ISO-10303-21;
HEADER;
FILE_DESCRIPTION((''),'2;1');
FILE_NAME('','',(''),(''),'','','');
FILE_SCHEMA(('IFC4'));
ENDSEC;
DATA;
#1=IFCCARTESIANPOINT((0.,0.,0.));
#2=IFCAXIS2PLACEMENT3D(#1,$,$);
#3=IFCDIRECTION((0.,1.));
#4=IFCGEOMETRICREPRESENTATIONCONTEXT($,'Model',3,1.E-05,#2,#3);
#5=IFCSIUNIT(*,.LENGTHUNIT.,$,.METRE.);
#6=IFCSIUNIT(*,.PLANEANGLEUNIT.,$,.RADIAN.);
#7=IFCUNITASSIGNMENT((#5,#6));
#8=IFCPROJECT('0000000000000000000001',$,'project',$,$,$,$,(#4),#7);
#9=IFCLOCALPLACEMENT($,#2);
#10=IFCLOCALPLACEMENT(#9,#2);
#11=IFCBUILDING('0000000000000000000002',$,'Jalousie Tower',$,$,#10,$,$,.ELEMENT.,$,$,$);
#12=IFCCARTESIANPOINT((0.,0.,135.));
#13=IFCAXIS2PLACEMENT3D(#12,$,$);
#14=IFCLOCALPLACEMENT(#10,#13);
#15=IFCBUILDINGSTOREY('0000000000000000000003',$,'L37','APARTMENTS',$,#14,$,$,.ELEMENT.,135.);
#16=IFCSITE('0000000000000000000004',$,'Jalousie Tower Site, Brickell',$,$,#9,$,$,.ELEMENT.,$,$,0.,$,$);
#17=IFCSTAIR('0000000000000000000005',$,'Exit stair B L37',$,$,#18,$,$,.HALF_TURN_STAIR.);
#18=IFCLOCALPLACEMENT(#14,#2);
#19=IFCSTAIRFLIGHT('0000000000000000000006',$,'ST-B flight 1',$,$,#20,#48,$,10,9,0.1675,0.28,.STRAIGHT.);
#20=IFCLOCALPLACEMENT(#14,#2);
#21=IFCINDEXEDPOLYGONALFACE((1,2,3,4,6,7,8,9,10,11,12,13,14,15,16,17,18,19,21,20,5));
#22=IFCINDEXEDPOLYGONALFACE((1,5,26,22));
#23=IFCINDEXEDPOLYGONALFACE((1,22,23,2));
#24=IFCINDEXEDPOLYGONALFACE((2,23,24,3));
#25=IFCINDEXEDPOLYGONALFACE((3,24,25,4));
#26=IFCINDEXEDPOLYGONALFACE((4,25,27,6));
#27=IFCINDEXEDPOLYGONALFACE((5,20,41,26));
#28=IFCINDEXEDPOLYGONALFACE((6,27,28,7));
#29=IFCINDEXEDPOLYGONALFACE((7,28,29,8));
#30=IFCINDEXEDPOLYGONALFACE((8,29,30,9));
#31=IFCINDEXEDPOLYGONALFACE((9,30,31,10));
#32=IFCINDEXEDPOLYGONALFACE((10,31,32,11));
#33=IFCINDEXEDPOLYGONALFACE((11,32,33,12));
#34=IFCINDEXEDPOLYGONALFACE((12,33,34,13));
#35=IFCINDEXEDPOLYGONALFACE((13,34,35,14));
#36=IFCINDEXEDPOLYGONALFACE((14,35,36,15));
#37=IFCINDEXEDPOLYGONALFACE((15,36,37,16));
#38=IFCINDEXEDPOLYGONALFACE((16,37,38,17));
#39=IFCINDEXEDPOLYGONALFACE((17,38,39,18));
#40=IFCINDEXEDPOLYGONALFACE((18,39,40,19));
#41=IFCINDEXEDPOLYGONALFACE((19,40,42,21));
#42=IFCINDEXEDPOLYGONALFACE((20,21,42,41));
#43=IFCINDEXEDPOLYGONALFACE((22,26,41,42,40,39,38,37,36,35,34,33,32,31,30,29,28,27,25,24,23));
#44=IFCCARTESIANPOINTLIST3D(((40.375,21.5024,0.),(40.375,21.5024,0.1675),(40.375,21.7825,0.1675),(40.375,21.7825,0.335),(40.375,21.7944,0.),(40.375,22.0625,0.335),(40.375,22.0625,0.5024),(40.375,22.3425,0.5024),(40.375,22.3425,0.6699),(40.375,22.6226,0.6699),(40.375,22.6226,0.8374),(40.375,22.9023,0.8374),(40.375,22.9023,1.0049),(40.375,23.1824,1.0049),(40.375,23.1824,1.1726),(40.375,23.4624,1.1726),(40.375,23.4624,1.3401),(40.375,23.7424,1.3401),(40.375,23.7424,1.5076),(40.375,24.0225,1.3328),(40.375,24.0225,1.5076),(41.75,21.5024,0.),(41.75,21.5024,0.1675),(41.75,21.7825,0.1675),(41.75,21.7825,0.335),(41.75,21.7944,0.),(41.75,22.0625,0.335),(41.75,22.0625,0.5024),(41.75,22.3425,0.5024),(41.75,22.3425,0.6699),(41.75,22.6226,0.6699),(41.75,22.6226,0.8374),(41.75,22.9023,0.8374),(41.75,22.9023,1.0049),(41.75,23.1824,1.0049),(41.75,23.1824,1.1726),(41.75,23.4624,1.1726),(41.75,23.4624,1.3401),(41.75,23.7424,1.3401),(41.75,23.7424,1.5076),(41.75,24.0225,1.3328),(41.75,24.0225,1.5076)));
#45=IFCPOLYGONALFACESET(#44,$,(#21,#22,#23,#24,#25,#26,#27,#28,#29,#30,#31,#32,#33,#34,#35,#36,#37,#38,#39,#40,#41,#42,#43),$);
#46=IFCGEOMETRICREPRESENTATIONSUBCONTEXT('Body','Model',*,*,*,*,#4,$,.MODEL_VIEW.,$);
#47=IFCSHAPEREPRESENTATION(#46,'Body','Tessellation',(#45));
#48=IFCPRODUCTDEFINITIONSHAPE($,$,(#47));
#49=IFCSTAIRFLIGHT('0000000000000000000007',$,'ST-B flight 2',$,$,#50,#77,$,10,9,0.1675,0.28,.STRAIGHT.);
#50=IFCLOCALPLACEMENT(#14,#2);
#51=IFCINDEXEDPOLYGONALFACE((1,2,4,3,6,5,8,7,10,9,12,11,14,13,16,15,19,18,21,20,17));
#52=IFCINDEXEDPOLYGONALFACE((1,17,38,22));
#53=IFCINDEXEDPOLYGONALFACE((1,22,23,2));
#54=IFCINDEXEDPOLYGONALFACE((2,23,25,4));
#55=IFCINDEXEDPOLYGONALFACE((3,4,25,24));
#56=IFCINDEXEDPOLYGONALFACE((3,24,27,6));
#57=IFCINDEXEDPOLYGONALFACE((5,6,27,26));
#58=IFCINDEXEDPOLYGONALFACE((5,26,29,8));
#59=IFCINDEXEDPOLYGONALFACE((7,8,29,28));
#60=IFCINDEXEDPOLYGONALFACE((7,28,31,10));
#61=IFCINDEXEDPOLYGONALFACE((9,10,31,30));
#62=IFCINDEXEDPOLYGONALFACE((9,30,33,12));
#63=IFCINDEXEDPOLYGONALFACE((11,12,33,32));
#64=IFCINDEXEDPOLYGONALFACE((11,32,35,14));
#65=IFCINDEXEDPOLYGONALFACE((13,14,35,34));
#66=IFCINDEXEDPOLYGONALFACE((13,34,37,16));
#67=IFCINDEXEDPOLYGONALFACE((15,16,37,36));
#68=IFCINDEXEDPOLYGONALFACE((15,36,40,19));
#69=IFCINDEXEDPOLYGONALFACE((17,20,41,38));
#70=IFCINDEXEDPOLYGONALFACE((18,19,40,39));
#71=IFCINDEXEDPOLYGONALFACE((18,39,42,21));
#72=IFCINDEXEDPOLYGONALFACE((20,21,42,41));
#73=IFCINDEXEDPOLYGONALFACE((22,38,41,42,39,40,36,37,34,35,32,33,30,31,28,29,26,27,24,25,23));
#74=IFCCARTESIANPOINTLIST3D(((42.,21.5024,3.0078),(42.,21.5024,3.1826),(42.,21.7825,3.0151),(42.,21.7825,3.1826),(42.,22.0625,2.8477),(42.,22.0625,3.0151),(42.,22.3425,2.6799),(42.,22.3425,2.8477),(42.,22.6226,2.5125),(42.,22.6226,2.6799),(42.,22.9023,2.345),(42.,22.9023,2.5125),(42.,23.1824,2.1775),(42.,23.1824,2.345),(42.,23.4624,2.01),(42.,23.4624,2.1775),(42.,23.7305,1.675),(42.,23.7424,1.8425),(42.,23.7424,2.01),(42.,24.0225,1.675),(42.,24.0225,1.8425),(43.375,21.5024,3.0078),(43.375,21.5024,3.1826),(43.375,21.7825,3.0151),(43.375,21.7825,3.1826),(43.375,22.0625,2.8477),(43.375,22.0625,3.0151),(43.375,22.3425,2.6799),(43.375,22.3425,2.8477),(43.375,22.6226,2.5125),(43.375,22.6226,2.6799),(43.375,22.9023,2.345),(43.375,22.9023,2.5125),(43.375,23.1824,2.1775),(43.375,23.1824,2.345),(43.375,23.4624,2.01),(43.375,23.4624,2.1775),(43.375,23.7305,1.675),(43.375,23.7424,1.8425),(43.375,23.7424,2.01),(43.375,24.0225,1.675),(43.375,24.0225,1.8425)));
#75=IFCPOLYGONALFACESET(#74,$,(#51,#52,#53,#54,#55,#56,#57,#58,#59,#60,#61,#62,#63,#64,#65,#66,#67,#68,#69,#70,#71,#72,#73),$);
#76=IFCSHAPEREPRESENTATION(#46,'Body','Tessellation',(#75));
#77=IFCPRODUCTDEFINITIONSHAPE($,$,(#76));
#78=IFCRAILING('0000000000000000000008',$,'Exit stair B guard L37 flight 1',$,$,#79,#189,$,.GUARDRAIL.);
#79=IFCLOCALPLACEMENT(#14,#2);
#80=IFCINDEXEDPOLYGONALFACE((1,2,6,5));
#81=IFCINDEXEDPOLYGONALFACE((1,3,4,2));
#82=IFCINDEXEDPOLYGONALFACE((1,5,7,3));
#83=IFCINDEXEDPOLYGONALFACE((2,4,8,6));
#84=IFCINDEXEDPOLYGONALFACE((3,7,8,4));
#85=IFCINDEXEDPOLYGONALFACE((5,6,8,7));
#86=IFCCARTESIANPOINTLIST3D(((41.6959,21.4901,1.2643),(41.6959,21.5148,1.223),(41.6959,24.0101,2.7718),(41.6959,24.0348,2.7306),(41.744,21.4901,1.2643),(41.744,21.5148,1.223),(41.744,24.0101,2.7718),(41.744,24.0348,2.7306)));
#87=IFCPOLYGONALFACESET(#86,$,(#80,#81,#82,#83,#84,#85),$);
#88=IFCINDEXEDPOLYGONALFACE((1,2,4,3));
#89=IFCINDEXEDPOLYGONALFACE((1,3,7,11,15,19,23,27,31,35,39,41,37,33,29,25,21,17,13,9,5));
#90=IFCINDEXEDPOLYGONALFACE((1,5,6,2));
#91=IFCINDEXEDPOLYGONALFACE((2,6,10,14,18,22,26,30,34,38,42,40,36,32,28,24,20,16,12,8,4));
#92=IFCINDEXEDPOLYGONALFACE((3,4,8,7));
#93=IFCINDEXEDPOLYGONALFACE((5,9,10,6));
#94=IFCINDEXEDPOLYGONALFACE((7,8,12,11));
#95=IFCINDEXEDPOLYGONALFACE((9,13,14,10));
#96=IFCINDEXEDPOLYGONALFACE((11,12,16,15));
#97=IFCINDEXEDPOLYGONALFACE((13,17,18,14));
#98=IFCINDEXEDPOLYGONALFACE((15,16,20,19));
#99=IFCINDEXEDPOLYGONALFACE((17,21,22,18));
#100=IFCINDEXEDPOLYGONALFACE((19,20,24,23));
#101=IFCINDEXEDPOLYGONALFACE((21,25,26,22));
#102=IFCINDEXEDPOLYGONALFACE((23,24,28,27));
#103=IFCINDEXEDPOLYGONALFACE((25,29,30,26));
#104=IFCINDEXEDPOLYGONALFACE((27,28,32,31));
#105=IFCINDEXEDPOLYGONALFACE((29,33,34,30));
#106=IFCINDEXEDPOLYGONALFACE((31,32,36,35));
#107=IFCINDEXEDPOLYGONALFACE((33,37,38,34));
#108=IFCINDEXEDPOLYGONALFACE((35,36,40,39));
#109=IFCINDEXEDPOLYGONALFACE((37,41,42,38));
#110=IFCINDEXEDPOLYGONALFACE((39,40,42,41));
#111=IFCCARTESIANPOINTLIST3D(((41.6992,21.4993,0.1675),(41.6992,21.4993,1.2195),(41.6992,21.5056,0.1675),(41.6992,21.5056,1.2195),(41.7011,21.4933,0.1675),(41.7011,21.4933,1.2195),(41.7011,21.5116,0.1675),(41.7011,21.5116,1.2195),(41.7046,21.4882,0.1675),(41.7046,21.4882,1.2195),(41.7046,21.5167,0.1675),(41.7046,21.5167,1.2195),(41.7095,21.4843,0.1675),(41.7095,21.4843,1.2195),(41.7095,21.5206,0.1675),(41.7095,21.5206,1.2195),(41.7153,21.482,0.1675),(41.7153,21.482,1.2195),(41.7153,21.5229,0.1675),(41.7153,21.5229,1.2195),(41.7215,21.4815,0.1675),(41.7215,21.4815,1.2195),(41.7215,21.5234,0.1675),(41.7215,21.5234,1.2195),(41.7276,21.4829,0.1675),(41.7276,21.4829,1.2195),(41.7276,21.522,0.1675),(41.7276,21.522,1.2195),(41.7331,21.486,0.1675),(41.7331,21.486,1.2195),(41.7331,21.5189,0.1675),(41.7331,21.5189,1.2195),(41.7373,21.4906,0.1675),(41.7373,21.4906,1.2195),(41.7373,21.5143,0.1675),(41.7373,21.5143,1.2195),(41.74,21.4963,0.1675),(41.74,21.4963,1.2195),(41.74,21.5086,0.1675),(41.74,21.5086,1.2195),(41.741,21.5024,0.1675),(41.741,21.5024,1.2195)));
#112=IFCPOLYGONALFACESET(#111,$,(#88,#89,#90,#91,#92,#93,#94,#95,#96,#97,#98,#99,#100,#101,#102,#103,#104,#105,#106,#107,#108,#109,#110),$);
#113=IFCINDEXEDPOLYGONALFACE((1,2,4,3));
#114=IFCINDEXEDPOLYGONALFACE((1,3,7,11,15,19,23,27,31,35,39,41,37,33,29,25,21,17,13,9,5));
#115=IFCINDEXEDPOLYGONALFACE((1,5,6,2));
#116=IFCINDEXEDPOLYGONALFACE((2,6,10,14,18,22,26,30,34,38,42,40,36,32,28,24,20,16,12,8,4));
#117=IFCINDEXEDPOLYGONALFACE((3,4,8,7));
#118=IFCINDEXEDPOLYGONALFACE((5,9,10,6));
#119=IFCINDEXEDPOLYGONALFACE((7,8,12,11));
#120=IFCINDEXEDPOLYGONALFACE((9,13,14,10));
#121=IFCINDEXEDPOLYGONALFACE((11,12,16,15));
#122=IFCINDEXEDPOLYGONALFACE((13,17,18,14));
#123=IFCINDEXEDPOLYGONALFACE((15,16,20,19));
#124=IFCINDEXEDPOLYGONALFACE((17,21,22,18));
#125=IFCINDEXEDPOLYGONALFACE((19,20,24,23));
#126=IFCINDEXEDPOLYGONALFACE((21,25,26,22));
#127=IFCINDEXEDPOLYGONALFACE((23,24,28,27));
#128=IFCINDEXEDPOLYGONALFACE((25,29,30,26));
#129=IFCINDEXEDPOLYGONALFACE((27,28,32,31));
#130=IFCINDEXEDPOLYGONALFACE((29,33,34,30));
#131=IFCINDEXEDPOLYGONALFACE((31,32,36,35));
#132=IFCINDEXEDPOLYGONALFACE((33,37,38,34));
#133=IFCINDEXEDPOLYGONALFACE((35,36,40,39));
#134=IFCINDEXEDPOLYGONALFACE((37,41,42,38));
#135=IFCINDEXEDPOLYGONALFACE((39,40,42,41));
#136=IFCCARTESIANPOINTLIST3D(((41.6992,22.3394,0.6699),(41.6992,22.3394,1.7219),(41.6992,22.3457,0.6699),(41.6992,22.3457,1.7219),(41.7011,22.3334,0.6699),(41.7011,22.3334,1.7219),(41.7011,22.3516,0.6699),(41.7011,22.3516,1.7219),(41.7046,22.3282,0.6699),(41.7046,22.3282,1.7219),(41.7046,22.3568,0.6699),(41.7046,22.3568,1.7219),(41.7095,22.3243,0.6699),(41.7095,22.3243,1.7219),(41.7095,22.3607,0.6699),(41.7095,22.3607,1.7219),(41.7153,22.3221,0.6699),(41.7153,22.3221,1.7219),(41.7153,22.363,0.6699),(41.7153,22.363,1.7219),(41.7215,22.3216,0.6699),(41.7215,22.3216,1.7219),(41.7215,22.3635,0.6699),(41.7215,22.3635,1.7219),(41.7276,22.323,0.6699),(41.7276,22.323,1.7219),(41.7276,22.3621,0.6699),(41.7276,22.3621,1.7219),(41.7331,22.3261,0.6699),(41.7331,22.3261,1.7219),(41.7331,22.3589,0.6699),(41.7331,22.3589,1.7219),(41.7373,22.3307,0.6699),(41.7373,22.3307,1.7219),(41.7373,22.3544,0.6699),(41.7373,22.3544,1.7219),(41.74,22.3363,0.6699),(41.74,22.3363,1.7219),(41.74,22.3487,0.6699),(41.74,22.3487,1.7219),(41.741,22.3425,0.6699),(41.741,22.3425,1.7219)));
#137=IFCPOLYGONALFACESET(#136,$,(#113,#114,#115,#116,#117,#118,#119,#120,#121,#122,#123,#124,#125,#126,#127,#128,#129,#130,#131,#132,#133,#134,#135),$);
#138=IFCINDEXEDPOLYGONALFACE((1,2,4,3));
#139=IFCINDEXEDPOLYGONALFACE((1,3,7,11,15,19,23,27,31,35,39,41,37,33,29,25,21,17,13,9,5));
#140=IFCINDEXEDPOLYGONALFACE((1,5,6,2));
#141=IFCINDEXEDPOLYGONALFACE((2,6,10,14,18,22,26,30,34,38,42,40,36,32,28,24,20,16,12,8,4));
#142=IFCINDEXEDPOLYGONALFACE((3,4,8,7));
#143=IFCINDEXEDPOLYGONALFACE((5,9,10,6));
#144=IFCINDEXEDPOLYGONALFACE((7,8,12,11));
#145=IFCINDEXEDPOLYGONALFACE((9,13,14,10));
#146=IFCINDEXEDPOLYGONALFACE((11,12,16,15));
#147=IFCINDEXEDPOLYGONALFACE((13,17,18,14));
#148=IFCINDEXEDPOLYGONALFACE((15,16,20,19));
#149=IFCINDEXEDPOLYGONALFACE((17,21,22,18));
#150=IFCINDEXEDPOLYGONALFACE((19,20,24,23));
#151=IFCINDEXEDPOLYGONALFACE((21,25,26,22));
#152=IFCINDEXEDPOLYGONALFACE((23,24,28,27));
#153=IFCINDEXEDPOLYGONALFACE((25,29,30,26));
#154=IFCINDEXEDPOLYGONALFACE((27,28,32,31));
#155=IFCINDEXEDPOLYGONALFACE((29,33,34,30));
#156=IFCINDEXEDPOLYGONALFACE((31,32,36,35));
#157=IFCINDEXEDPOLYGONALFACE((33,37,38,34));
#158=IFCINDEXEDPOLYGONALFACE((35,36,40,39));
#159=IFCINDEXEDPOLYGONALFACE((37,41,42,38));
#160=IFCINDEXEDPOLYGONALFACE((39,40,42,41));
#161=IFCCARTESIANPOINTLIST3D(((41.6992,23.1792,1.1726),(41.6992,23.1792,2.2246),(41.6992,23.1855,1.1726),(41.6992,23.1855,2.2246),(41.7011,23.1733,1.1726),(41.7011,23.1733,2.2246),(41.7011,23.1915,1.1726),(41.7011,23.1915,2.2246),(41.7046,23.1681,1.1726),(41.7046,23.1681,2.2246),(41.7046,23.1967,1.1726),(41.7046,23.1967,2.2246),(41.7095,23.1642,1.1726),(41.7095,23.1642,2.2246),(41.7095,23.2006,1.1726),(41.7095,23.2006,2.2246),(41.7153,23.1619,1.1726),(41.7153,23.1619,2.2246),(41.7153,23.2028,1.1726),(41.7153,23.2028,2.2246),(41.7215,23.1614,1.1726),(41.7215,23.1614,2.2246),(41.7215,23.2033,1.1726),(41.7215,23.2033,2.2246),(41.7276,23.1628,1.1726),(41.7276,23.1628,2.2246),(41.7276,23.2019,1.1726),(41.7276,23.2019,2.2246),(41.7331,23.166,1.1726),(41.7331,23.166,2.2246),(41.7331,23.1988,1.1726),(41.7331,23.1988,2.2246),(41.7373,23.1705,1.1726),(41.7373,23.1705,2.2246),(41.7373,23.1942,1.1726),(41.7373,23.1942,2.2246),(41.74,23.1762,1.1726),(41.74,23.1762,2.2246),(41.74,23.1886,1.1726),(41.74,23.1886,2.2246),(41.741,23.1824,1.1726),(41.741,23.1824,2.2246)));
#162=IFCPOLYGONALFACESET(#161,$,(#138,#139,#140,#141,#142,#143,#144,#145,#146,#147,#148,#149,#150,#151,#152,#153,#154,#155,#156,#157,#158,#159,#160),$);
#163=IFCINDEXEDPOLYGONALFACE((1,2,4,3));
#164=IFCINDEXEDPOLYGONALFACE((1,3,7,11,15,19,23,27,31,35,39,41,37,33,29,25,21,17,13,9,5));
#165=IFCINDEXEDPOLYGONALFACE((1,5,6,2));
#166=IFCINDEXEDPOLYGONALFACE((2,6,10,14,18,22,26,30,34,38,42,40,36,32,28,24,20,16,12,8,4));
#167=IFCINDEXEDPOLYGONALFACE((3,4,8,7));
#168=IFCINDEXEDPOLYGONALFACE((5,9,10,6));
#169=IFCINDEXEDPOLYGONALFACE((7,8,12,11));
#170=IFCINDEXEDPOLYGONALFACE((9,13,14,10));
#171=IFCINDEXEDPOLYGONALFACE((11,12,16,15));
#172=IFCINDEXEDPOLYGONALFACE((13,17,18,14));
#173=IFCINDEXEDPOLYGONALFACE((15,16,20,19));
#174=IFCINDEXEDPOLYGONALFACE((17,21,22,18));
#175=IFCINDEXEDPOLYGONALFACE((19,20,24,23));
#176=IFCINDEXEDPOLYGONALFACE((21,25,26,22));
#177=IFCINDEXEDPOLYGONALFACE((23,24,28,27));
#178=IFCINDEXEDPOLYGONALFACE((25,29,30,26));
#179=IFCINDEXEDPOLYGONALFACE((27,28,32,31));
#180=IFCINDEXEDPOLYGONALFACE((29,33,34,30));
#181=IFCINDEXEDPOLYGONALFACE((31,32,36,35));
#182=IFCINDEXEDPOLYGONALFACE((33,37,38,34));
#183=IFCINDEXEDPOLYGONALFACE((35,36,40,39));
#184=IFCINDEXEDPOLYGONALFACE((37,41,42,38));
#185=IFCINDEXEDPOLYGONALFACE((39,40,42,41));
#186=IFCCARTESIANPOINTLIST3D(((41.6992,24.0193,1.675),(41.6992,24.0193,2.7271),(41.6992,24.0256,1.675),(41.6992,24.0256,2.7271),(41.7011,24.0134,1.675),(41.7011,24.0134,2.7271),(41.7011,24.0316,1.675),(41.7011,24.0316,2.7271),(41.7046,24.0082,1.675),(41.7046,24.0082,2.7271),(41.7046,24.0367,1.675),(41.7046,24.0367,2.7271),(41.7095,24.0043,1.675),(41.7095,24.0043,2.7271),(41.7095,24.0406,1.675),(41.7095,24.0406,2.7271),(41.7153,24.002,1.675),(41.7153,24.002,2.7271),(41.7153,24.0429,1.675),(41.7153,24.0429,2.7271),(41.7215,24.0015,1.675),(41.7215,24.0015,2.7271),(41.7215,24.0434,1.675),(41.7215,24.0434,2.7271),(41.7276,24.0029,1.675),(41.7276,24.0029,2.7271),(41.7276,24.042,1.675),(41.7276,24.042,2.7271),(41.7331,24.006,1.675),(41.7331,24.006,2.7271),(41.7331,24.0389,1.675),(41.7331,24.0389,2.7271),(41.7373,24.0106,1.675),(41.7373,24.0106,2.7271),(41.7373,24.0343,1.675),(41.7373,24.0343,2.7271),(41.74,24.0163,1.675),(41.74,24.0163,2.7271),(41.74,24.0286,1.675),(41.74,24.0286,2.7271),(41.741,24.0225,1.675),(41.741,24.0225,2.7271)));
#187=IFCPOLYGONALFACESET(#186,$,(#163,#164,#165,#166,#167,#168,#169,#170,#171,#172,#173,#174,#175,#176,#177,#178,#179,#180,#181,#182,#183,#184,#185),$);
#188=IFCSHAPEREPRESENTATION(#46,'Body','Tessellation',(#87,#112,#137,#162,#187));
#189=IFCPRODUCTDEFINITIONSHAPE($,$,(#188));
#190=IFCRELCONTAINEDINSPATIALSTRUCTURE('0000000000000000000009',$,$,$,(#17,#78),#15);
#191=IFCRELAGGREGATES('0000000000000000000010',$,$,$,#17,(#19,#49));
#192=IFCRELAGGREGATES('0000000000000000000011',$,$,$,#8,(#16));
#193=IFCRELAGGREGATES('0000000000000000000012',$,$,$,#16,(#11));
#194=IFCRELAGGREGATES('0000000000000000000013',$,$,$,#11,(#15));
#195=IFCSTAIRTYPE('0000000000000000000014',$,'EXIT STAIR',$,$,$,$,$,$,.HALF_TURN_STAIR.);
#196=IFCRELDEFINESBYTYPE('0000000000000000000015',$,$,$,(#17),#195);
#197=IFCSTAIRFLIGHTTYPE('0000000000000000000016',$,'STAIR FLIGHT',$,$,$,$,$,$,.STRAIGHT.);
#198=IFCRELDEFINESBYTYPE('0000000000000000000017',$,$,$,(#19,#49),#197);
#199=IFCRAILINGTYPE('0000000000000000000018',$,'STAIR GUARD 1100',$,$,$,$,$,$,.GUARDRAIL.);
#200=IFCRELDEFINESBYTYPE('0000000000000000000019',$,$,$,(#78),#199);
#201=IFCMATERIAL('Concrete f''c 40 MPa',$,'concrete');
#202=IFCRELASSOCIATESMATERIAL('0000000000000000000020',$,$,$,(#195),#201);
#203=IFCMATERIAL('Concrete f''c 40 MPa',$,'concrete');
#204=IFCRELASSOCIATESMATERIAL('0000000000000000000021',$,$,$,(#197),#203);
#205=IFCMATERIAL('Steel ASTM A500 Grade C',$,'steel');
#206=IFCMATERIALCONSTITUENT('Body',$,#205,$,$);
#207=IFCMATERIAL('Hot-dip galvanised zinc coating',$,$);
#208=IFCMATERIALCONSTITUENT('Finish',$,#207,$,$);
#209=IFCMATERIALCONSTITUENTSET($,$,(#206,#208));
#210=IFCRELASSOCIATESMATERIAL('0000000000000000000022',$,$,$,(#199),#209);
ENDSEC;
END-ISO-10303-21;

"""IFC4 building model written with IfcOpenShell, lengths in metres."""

from ifc_helpers import new_model, si_unit, direction, frame, origin, origin_2d, place, context, subcontext, project, spatial, polyline, rectangle, circle, outline, extrude, material, constituent, constituent_set, type_object, element, aggregate, save


model = new_model("IFC4")

# Units and contexts
model_context = context("Model", 3, precision=1e-05, world=origin(), true_north=direction((0.0, 1.0)))
body_context = subcontext(model_context, "Body", "Model", "MODEL_VIEW")
ifc_project = project(units=[si_unit("LENGTHUNIT", "METRE"), si_unit("PLANEANGLEUNIT", "RADIAN")], contexts=[model_context])

# Site, building, storey
site_placement = place(None, origin())
site = spatial("IfcSite", under=ifc_project, at=site_placement, Name="Jalousie Tower Site, Brickell", CompositionType="ELEMENT", RefElevation=0.0)
building_placement = place(site_placement, origin())
building = spatial("IfcBuilding", under=site, at=building_placement, Name="Jalousie Tower", CompositionType="ELEMENT")
storey_placement = place(building_placement, frame((0.0, 0.0, 135.0)))
storey = spatial("IfcBuildingStorey", under=building, at=storey_placement, Name="L37", Description="APARTMENTS", CompositionType="ELEMENT", Elevation=135.0)

# Stair, stair flights
ifc_material_1 = material(Name="Concrete f'c 40 MPa", Category="concrete")
stair_type = type_object("IfcStairType", Name="EXIT STAIR", PredefinedType="HALF_TURN_STAIR", material=ifc_material_1)
stair_placement = place(storey_placement, origin())
stair = element("IfcStair", 1, at=stair_placement, inside=storey, type_object=stair_type, Name="Exit stair B L37", PredefinedType="HALF_TURN_STAIR")
ifc_material_2 = material(Name="Concrete f'c 40 MPa", Category="concrete")
stair_flight_type = type_object("IfcStairFlightType", Name="STAIR FLIGHT", PredefinedType="STRAIGHT", material=ifc_material_2)
stair_flight_1_placement = place(storey_placement, frame((41.0625, 21.5024, 0.0), z_axis=(0.0, 0.0, 1.0), x_axis=(0.0, 1.0, 0.0)))
stair_flight_1 = element("IfcStairFlight", 2, at=stair_flight_1_placement, type_object=stair_flight_type, Name="ST-B flight 1", NumberOfRisers=10, NumberOfTreads=9, PredefinedType="STRAIGHT", RiserHeight=0.1675, TreadLength=0.28, context=body_context, shape_type="SweptSolid", body=[
    extrude(outline(polyline([(0.0, 0.0), (0.0, 0.1675), (0.28, 0.1675), (0.28, 0.335), (0.5601, 0.335), (0.5601, 0.5024), (0.8401, 0.5024), (0.8401, 0.6699), (1.1201, 0.6699), (1.1201, 0.8374), (1.3999, 0.8374), (1.3999, 1.0049), (1.6799, 1.0049), (1.6799, 1.1726), (1.96, 1.1726), (1.96, 1.3401), (2.24, 1.3401), (2.24, 1.5076), (2.52, 1.5076), (2.52, 1.675), (2.52, 1.3328), (0.292, 0.0), (0.0, 0.0)])), frame((0.0, 0.6875, 0.0), z_axis=(0.0, -1.0, 0.0), x_axis=(1.0, 0.0, 0.0)), (0.0, 0.0, 1.0), 1.375),
])
stair_flight_2_placement = place(storey_placement, frame((42.6875, 24.0225, 1.675), z_axis=(0.0, 0.0, 1.0), x_axis=(0.0, -1.0, 0.0)))
stair_flight_2 = element("IfcStairFlight", 3, at=stair_flight_2_placement, type_object=stair_flight_type, Name="ST-B flight 2", NumberOfRisers=10, NumberOfTreads=9, PredefinedType="STRAIGHT", RiserHeight=0.1675, TreadLength=0.28, context=body_context, shape_type="SweptSolid", body=[
    extrude(outline(polyline([(0.0, 0.0), (0.0, 0.1675), (0.28, 0.1675), (0.28, 0.335), (0.5601, 0.335), (0.5601, 0.5024), (0.8401, 0.5024), (0.8401, 0.6699), (1.1201, 0.6699), (1.1201, 0.8374), (1.3999, 0.8374), (1.3999, 1.0049), (1.6799, 1.0049), (1.6799, 1.1726), (1.96, 1.1726), (1.96, 1.3401), (2.24, 1.3401), (2.24, 1.5076), (2.52, 1.5076), (2.52, 1.675), (2.52, 1.3328), (0.292, 0.0), (0.0, 0.0)])), frame((0.0, 0.6875, 0.0), z_axis=(0.0, -1.0, 0.0), x_axis=(1.0, 0.0, 0.0)), (0.0, 0.0, 1.0), 1.375),
])
aggregate(stair, [stair_flight_1, stair_flight_2])

# Railing
ifc_material_3 = material(Name="Steel ASTM A500 Grade C", Category="steel")
ifc_constituent_1 = constituent(ifc_material_3, Name="Body")
ifc_material_4 = material(Name="Hot-dip galvanised zinc coating")
ifc_constituent_2 = constituent(ifc_material_4, Name="Finish")
ifc_constituent_set_1 = constituent_set(constituents=[ifc_constituent_1, ifc_constituent_2])
railing_type_1 = type_object("IfcRailingType", Name="STAIR GUARD 1100", PredefinedType="GUARDRAIL", material=ifc_constituent_set_1)
railing_1_placement = place(storey_placement, frame((41.72, 21.5024, 0.1675)))
element("IfcRailing", 4, at=railing_1_placement, inside=storey, type_object=railing_type_1, Name="Exit stair B guard L37 flight 1", PredefinedType="GUARDRAIL", context=body_context, shape_type="SweptSolid", body=[
    extrude(rectangle(XDim=0.0481, YDim=0.0481, at=origin_2d()), frame((0.0, 0.0, 1.0762), z_axis=(0.0, 0.85816, 0.513383), x_axis=(-1.0, 0.0, 0.0)), (0.0, 0.0, 1.0), 2.9365),
    extrude(circle(Radius=0.021, at=origin_2d()), origin(), (0.0, 0.0, 1.0), 1.052),
    extrude(circle(Radius=0.021, at=origin_2d()), frame((0.0, 0.8401, 0.5024)), (0.0, 0.0, 1.0), 1.052),
    extrude(circle(Radius=0.021, at=origin_2d()), frame((0.0, 1.6799, 1.0051)), (0.0, 0.0, 1.0), 1.052),
    extrude(circle(Radius=0.021, at=origin_2d()), frame((0.0, 2.52, 1.5076)), (0.0, 0.0, 1.0), 1.052),
])

save(model, "model.ifc")
